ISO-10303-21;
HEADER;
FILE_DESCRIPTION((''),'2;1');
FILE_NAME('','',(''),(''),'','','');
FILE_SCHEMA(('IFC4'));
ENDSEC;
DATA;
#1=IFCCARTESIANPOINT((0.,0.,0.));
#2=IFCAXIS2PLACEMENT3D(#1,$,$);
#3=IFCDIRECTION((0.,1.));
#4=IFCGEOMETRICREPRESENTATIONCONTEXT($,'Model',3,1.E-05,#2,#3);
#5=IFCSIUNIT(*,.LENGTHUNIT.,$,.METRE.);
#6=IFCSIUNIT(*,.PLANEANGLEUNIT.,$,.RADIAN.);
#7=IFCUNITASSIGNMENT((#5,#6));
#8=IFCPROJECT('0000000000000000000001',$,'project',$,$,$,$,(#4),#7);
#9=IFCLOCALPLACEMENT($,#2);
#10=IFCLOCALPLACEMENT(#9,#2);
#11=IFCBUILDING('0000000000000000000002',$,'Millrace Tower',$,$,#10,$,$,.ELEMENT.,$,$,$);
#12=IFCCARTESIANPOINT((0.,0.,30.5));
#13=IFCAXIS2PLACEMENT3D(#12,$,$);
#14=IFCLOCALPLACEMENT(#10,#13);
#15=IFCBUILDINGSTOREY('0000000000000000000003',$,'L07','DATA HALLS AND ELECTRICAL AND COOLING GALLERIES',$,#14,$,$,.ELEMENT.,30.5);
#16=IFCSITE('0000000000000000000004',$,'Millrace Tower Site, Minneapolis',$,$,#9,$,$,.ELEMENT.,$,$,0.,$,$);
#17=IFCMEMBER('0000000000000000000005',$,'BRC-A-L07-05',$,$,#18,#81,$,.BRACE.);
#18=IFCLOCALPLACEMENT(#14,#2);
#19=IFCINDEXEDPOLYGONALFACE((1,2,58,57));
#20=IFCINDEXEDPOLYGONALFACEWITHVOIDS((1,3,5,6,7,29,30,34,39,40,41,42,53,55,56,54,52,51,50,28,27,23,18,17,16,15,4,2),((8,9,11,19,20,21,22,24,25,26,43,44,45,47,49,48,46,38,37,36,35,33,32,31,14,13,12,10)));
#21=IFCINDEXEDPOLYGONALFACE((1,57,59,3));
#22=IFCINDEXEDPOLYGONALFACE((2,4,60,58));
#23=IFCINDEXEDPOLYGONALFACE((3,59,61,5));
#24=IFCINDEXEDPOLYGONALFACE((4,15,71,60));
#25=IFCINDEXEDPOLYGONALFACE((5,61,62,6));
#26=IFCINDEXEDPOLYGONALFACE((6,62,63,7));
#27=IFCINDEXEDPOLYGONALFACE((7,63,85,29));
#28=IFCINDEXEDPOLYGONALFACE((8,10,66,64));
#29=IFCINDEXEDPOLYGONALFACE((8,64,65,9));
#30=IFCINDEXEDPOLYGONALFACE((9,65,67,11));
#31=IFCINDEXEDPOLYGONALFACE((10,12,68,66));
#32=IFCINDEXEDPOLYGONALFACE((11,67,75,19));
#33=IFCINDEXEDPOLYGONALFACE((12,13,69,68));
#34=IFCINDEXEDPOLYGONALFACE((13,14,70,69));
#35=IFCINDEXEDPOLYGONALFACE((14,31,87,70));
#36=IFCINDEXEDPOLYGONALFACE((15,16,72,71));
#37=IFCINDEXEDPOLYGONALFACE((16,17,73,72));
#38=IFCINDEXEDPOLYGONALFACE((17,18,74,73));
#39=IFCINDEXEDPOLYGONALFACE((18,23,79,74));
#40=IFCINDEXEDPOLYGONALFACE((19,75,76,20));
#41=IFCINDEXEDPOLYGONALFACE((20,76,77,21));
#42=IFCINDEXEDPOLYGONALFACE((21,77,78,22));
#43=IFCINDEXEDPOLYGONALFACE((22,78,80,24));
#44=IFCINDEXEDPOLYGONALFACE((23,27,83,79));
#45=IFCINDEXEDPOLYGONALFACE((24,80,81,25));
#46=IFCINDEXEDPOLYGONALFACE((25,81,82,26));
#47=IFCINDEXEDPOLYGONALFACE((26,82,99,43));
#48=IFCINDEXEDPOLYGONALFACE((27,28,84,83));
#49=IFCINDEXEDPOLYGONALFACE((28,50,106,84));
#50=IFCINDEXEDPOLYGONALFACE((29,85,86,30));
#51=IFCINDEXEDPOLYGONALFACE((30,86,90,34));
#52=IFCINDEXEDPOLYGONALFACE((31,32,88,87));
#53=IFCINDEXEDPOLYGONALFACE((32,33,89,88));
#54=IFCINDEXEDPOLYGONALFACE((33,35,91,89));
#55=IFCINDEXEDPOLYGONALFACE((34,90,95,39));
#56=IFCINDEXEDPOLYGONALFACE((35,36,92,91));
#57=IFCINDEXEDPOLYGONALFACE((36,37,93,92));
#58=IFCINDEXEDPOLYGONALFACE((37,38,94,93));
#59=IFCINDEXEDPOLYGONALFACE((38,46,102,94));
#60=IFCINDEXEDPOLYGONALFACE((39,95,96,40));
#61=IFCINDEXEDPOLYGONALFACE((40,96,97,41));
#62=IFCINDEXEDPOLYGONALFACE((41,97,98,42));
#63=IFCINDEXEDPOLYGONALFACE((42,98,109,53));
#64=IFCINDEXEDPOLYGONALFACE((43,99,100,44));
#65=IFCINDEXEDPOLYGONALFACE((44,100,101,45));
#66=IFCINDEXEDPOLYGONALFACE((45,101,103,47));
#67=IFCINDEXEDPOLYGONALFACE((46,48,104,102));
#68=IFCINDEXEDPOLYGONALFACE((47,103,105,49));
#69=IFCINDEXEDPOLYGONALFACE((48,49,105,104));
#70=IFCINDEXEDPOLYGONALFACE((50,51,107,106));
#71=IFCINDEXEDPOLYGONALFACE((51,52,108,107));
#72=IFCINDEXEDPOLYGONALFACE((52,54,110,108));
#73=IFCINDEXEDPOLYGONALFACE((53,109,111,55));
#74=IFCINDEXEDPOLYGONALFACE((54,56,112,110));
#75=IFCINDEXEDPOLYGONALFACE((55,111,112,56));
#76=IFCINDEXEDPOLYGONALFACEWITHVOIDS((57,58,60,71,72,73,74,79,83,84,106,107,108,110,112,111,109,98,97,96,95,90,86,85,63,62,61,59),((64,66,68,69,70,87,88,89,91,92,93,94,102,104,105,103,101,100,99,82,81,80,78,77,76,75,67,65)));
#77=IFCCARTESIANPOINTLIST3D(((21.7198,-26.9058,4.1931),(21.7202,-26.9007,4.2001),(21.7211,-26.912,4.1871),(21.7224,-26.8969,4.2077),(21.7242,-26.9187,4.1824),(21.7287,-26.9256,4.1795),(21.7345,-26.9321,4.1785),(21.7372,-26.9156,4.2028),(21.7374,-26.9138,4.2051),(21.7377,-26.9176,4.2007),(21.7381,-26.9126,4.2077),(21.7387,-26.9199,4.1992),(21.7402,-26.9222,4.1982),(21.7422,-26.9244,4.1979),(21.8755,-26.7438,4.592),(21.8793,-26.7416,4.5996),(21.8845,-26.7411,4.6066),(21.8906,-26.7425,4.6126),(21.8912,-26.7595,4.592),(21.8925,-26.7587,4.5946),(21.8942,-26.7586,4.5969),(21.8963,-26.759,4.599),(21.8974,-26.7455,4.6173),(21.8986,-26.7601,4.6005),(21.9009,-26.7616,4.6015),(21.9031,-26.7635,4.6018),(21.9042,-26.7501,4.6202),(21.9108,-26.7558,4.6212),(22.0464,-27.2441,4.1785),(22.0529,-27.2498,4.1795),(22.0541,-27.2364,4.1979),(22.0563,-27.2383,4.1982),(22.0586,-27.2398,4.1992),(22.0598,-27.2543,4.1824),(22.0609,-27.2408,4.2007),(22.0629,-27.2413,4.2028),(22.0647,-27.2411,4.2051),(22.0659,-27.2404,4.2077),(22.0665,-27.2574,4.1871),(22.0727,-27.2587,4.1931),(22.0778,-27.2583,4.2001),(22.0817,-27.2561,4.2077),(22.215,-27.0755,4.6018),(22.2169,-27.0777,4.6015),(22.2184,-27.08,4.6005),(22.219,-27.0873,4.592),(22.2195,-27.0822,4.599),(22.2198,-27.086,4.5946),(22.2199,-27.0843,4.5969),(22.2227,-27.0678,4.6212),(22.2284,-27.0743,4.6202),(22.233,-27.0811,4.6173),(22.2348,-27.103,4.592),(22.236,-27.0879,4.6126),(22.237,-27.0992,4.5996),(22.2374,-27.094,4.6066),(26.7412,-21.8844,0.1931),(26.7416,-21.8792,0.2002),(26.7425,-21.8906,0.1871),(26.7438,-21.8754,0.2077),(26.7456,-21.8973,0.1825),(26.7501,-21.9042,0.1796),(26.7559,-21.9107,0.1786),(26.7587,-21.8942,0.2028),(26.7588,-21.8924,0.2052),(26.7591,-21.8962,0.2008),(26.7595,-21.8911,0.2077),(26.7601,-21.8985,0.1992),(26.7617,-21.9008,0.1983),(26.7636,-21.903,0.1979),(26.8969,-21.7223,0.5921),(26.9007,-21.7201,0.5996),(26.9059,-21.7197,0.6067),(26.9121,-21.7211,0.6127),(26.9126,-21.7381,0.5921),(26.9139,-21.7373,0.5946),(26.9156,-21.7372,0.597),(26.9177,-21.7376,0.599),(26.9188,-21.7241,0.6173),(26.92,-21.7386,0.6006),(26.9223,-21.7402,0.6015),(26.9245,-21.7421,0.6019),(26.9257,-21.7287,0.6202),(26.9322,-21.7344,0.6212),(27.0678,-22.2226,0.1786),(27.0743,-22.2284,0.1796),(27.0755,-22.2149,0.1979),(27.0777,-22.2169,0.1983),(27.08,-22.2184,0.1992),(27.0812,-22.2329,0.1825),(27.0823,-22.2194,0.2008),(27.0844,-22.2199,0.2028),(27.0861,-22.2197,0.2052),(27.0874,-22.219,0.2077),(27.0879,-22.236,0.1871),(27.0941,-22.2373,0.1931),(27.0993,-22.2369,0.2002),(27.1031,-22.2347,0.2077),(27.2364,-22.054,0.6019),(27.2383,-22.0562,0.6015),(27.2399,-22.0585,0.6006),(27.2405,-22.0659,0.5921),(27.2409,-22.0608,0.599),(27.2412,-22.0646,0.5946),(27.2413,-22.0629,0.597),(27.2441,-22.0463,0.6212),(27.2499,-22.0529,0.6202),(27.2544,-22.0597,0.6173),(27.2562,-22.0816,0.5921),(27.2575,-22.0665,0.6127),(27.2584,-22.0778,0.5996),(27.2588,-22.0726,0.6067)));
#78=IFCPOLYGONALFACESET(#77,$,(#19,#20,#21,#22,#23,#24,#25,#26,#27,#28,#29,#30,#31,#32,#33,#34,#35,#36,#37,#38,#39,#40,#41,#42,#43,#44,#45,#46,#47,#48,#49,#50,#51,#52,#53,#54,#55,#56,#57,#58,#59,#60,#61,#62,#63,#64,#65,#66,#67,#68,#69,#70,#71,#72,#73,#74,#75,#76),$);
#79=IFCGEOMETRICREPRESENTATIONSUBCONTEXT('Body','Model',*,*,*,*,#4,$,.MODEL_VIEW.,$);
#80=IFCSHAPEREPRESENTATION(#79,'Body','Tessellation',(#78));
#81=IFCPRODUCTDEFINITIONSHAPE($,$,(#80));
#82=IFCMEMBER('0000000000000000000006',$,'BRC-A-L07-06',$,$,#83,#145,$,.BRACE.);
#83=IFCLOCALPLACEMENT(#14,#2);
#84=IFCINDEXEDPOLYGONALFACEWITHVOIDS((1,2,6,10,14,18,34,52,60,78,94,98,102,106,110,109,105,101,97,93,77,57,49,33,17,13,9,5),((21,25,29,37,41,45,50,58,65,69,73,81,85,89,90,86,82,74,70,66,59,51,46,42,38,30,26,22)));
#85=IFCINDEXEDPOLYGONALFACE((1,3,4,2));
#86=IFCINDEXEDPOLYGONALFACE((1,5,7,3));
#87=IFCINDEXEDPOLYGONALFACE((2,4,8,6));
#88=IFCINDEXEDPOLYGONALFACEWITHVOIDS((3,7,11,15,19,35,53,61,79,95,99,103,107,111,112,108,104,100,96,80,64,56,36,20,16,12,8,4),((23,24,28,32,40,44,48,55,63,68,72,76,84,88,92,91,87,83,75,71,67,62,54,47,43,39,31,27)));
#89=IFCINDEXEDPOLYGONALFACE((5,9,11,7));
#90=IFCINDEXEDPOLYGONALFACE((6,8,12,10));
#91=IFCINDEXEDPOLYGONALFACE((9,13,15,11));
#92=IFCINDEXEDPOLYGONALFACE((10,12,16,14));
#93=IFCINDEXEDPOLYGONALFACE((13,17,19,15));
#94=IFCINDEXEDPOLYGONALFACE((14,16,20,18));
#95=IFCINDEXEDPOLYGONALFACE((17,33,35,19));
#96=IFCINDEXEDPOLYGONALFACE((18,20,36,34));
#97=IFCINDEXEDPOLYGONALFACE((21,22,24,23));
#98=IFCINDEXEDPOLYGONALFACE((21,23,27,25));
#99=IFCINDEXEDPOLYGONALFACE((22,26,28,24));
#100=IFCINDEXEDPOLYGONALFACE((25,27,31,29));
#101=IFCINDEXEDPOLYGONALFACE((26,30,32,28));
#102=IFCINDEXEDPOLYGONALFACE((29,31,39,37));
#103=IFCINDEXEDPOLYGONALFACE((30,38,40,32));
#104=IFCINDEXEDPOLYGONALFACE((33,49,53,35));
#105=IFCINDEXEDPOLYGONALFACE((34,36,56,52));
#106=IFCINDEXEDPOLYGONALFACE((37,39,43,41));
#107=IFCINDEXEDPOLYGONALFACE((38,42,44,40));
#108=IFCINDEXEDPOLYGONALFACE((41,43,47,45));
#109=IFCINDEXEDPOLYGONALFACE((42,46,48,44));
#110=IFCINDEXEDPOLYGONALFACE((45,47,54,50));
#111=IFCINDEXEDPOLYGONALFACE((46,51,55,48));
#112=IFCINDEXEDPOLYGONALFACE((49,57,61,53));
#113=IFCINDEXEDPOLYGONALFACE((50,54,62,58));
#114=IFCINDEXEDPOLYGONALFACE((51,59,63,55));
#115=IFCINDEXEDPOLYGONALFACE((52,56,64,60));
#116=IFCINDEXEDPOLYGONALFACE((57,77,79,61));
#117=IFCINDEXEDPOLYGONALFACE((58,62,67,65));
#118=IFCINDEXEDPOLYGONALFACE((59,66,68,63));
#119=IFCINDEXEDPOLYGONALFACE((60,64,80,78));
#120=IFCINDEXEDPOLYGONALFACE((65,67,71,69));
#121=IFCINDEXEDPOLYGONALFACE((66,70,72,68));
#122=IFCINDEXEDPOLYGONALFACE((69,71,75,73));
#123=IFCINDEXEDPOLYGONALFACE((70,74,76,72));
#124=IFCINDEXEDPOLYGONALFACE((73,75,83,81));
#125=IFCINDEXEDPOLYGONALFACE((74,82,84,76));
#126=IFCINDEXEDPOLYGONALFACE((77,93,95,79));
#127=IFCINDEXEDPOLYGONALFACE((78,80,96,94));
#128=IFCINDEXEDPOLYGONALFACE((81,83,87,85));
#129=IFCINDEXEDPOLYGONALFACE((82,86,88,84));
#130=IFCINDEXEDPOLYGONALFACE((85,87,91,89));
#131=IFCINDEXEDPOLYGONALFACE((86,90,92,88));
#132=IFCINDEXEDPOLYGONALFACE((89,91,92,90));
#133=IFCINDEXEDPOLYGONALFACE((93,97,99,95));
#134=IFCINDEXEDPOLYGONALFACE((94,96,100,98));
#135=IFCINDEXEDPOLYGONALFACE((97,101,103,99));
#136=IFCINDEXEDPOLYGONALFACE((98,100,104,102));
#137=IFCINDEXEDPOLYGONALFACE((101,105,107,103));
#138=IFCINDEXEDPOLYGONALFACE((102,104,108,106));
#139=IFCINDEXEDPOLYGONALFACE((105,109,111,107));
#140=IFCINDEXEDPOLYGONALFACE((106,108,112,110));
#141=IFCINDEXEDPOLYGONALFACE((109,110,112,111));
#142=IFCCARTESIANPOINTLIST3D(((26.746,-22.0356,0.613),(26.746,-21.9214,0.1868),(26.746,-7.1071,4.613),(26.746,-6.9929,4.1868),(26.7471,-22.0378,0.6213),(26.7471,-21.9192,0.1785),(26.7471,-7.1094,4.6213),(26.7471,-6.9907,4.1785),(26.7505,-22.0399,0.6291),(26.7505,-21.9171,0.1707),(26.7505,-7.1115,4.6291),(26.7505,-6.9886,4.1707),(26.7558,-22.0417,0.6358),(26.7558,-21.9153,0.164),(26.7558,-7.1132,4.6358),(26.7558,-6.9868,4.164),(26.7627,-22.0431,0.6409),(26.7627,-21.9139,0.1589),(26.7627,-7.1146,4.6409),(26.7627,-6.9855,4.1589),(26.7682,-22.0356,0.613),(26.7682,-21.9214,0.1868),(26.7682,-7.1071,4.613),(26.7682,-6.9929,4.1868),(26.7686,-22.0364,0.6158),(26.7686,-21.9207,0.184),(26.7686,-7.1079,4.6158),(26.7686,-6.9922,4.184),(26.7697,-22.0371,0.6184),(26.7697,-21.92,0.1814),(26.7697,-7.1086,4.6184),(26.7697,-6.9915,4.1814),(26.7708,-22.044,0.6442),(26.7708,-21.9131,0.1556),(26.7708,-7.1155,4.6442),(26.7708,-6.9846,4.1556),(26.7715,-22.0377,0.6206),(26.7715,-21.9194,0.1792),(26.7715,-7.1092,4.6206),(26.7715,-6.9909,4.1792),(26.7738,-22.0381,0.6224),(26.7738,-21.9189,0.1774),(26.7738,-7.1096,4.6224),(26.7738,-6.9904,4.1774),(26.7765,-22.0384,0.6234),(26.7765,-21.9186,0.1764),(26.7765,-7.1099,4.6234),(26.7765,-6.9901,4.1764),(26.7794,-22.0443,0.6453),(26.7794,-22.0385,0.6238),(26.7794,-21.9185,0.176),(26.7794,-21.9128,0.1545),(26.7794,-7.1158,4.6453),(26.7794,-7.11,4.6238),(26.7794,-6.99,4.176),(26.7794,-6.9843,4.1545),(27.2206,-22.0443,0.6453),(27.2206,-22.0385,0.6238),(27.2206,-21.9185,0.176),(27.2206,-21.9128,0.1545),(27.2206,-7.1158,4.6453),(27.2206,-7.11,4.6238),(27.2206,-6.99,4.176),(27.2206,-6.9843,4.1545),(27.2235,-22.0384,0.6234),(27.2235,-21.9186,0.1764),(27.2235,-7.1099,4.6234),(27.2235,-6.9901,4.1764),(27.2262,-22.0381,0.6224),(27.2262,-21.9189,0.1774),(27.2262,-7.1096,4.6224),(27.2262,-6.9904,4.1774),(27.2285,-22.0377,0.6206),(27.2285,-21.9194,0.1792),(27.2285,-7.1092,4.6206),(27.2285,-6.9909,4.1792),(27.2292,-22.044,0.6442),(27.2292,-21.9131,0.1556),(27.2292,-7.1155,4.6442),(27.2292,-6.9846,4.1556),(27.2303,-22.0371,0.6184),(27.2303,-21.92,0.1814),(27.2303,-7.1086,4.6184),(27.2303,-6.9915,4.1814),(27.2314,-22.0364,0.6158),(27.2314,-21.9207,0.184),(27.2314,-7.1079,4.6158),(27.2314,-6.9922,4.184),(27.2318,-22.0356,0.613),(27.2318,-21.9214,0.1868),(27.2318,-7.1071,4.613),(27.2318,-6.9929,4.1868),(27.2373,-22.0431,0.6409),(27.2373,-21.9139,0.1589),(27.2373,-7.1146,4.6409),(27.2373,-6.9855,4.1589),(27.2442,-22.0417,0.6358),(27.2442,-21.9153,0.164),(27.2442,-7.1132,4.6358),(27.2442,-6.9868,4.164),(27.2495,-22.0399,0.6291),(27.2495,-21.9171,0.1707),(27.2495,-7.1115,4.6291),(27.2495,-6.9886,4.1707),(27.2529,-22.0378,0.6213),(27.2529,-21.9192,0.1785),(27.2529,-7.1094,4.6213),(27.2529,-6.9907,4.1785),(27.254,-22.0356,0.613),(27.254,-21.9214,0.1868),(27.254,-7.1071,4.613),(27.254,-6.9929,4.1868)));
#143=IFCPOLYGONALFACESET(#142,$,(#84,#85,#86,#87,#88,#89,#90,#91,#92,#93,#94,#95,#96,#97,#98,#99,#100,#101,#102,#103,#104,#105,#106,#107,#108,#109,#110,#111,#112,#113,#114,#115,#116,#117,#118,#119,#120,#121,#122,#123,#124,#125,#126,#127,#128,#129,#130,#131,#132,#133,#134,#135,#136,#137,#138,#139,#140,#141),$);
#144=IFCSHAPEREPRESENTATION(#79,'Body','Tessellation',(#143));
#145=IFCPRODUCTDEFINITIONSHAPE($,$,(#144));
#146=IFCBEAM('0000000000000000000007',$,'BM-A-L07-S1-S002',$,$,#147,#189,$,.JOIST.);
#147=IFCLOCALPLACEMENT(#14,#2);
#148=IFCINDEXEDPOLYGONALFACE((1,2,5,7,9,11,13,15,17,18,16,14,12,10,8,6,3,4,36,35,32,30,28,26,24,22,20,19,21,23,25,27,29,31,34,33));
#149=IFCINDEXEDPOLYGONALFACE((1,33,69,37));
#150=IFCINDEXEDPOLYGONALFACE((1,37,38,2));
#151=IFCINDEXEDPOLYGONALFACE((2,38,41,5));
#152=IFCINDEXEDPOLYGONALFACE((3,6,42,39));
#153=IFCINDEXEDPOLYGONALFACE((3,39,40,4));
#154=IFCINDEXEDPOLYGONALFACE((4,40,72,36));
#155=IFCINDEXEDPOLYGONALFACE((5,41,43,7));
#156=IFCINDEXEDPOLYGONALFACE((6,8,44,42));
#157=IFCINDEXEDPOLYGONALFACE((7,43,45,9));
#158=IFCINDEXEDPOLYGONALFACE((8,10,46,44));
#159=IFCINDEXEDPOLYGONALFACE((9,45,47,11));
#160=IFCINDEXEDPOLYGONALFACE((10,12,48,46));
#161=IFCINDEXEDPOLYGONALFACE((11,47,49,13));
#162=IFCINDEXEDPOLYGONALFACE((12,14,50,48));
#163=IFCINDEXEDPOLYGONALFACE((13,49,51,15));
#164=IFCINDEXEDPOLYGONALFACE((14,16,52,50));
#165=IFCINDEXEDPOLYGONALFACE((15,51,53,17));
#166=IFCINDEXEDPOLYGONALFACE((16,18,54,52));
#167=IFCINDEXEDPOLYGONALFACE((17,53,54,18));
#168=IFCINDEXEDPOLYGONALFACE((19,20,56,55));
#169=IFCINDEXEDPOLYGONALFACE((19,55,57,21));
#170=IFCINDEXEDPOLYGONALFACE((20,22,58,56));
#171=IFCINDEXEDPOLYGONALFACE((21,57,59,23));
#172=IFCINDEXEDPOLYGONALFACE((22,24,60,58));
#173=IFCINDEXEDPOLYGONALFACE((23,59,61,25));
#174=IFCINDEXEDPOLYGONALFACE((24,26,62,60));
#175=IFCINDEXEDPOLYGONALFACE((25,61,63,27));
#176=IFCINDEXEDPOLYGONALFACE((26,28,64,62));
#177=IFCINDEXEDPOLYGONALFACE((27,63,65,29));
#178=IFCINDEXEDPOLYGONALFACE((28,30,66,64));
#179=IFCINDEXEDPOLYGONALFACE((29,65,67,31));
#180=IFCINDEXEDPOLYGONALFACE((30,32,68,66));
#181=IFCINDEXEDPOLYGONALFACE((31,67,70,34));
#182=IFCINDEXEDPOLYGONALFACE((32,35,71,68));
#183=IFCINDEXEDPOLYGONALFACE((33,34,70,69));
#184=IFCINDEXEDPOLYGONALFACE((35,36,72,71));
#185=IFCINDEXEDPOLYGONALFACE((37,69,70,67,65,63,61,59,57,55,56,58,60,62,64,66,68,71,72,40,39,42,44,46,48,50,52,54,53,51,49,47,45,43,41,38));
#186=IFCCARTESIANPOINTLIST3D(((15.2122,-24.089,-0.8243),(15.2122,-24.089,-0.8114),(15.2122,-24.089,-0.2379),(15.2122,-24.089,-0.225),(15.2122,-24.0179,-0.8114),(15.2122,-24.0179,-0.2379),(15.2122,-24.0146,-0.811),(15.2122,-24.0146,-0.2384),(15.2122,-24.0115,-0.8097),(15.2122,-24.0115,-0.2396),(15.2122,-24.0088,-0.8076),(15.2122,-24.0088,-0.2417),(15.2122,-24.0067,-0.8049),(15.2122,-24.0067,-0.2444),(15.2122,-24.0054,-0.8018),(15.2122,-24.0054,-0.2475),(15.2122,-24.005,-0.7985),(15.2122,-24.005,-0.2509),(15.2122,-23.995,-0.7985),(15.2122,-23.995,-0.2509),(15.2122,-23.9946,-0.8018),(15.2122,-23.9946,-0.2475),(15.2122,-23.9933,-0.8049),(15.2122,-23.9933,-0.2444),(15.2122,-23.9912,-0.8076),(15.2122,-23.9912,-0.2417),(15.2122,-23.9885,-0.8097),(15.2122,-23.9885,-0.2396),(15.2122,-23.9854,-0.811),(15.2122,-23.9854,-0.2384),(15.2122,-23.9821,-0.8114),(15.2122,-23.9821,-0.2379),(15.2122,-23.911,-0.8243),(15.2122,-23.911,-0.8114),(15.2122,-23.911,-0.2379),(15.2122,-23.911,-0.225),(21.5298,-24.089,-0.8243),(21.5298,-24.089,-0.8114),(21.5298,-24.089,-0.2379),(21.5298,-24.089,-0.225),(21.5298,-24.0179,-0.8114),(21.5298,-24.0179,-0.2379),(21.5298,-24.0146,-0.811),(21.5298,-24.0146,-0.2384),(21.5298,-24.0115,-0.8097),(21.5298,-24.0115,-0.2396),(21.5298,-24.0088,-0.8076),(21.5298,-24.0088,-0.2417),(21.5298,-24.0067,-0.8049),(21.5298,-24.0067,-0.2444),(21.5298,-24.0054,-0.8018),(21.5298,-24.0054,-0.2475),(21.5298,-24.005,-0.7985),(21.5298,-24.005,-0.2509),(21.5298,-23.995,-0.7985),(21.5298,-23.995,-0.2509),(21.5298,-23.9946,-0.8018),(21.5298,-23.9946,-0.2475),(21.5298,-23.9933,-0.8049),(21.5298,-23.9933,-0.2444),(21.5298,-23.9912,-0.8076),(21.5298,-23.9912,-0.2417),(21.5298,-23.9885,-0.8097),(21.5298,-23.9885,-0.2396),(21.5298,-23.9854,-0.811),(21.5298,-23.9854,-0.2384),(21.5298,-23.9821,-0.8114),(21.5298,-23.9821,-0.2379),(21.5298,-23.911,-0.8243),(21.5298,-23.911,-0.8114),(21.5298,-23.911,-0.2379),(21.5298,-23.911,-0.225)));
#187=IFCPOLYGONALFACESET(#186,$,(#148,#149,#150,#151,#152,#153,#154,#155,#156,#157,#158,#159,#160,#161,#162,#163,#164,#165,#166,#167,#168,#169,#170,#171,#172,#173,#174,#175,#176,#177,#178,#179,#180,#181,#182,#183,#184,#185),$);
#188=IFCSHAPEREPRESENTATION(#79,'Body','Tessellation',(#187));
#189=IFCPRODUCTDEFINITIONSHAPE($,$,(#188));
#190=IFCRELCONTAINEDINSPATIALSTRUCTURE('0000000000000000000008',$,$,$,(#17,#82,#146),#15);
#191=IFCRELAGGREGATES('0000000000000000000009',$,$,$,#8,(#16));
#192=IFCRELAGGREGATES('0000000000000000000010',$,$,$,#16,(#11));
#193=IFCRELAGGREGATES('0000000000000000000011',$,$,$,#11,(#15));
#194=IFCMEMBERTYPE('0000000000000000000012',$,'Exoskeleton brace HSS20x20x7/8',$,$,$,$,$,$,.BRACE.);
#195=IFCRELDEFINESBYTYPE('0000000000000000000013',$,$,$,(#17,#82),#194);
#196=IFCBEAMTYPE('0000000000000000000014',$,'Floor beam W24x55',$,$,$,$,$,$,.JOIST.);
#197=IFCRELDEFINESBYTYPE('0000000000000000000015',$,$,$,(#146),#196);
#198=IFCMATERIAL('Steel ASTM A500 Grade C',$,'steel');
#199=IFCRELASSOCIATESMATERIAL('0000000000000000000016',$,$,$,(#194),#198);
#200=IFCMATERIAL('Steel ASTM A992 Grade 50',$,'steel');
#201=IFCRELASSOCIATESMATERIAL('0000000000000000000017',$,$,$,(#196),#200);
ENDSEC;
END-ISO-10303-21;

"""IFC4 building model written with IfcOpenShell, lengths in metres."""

from ifc_helpers import new_model, si_unit, direction, frame, origin, origin_2d, place, context, subcontext, project, spatial, hollow_rectangle, i_section, extrude, material, material_profile, profile_set, type_object, element, save


model = new_model("IFC4")

# Units and contexts
model_context = context("Model", 3, precision=1e-05, world=origin(), true_north=direction((0.0, 1.0)))
body_context = subcontext(model_context, "Body", "Model", "MODEL_VIEW")
ifc_project = project(units=[si_unit("LENGTHUNIT", "METRE"), si_unit("PLANEANGLEUNIT", "RADIAN")], contexts=[model_context])

# Site, building, storey
site_placement = place(None, origin())
site = spatial("IfcSite", under=ifc_project, at=site_placement, Name="Millrace Tower Site, Minneapolis", CompositionType="ELEMENT", RefElevation=0.0)
building_placement = place(site_placement, origin())
building = spatial("IfcBuilding", under=site, at=building_placement, Name="Millrace Tower", CompositionType="ELEMENT")
storey_placement = place(building_placement, frame((0.0, 0.0, 30.5)))
storey = spatial("IfcBuildingStorey", under=building, at=storey_placement, Name="L07", Description="DATA HALLS AND ELECTRICAL AND COOLING GALLERIES", CompositionType="ELEMENT", Elevation=30.5)

# Members
ifc_material_1 = material(Name="Steel ASTM A500 Grade C", Category="steel")
ifc_material_profile_1 = material_profile(ifc_material_1, hollow_rectangle(XDim=0.5081, YDim=0.5081, WallThickness=0.0222, InnerFilletRadius=0.0112, OuterFilletRadius=0.0334, at=origin_2d()))
ifc_profile_set_1 = profile_set([ifc_material_profile_1], Name="Steel ASTM A500 Grade C")
member_type_1 = type_object("IfcMemberType", Name="Exoskeleton brace HSS20x20x7/8", PredefinedType="BRACE", material=ifc_profile_set_1)
member_1_placement = place(storey_placement, frame((27.0, -21.9785, 0.3999), z_axis=(-0.616095, -0.616095, 0.490768), x_axis=(0.707107, -0.707107, 0.0)))
element("IfcMember", 1, at=member_1_placement, inside=storey, type_object=member_type_1, Name="BRC-A-L07-05", PredefinedType="BRACE", context=body_context, shape_type="SweptSolid", body=[
    extrude(hollow_rectangle(XDim=0.5081, YDim=0.5081, WallThickness=0.0222, InnerFilletRadius=0.0112, OuterFilletRadius=0.0334, at=origin_2d()), origin(), (0.0, 0.0, 1.0), 8.1504),
])
member_2_placement = place(storey_placement, frame((27.0, -21.9785, 0.3999), z_axis=(0.0, 0.965927, 0.258815), x_axis=(-1.0, 0.0, 0.0)))
element("IfcMember", 2, at=member_2_placement, inside=storey, type_object=member_type_1, Name="BRC-A-L07-06", PredefinedType="BRACE", context=body_context, shape_type="SweptSolid", body=[
    extrude(hollow_rectangle(XDim=0.5081, YDim=0.5081, WallThickness=0.0222, InnerFilletRadius=0.0112, OuterFilletRadius=0.0334, at=origin_2d()), origin(), (0.0, 0.0, 1.0), 15.4551),
])

# Beam
ifc_material_2 = material(Name="Steel ASTM A992 Grade 50", Category="steel")
ifc_material_profile_2 = material_profile(ifc_material_2, i_section(OverallWidth=0.178, OverallDepth=0.5994, WebThickness=0.01, FlangeThickness=0.0129, FilletRadius=0.0129, at=origin_2d()))
ifc_profile_set_2 = profile_set([ifc_material_profile_2], Name="Steel ASTM A992 Grade 50")
beam_type_1 = type_object("IfcBeamType", Name="Floor beam W24x55", PredefinedType="JOIST", material=ifc_profile_set_2)
beam_1_placement = place(storey_placement, frame((15.2122, -24.0, -0.5247), z_axis=(1.0, 0.0, 0.0), x_axis=(0.0, 1.0, 0.0)))
element("IfcBeam", 3, at=beam_1_placement, inside=storey, type_object=beam_type_1, Name="BM-A-L07-S1-S002", PredefinedType="JOIST", context=body_context, shape_type="SweptSolid", body=[
    extrude(i_section(OverallWidth=0.178, OverallDepth=0.5994, WebThickness=0.01, FlangeThickness=0.0129, FilletRadius=0.0129, at=origin_2d()), origin(), (0.0, 0.0, 1.0), 6.3176),
])

save(model, "model.ifc")
